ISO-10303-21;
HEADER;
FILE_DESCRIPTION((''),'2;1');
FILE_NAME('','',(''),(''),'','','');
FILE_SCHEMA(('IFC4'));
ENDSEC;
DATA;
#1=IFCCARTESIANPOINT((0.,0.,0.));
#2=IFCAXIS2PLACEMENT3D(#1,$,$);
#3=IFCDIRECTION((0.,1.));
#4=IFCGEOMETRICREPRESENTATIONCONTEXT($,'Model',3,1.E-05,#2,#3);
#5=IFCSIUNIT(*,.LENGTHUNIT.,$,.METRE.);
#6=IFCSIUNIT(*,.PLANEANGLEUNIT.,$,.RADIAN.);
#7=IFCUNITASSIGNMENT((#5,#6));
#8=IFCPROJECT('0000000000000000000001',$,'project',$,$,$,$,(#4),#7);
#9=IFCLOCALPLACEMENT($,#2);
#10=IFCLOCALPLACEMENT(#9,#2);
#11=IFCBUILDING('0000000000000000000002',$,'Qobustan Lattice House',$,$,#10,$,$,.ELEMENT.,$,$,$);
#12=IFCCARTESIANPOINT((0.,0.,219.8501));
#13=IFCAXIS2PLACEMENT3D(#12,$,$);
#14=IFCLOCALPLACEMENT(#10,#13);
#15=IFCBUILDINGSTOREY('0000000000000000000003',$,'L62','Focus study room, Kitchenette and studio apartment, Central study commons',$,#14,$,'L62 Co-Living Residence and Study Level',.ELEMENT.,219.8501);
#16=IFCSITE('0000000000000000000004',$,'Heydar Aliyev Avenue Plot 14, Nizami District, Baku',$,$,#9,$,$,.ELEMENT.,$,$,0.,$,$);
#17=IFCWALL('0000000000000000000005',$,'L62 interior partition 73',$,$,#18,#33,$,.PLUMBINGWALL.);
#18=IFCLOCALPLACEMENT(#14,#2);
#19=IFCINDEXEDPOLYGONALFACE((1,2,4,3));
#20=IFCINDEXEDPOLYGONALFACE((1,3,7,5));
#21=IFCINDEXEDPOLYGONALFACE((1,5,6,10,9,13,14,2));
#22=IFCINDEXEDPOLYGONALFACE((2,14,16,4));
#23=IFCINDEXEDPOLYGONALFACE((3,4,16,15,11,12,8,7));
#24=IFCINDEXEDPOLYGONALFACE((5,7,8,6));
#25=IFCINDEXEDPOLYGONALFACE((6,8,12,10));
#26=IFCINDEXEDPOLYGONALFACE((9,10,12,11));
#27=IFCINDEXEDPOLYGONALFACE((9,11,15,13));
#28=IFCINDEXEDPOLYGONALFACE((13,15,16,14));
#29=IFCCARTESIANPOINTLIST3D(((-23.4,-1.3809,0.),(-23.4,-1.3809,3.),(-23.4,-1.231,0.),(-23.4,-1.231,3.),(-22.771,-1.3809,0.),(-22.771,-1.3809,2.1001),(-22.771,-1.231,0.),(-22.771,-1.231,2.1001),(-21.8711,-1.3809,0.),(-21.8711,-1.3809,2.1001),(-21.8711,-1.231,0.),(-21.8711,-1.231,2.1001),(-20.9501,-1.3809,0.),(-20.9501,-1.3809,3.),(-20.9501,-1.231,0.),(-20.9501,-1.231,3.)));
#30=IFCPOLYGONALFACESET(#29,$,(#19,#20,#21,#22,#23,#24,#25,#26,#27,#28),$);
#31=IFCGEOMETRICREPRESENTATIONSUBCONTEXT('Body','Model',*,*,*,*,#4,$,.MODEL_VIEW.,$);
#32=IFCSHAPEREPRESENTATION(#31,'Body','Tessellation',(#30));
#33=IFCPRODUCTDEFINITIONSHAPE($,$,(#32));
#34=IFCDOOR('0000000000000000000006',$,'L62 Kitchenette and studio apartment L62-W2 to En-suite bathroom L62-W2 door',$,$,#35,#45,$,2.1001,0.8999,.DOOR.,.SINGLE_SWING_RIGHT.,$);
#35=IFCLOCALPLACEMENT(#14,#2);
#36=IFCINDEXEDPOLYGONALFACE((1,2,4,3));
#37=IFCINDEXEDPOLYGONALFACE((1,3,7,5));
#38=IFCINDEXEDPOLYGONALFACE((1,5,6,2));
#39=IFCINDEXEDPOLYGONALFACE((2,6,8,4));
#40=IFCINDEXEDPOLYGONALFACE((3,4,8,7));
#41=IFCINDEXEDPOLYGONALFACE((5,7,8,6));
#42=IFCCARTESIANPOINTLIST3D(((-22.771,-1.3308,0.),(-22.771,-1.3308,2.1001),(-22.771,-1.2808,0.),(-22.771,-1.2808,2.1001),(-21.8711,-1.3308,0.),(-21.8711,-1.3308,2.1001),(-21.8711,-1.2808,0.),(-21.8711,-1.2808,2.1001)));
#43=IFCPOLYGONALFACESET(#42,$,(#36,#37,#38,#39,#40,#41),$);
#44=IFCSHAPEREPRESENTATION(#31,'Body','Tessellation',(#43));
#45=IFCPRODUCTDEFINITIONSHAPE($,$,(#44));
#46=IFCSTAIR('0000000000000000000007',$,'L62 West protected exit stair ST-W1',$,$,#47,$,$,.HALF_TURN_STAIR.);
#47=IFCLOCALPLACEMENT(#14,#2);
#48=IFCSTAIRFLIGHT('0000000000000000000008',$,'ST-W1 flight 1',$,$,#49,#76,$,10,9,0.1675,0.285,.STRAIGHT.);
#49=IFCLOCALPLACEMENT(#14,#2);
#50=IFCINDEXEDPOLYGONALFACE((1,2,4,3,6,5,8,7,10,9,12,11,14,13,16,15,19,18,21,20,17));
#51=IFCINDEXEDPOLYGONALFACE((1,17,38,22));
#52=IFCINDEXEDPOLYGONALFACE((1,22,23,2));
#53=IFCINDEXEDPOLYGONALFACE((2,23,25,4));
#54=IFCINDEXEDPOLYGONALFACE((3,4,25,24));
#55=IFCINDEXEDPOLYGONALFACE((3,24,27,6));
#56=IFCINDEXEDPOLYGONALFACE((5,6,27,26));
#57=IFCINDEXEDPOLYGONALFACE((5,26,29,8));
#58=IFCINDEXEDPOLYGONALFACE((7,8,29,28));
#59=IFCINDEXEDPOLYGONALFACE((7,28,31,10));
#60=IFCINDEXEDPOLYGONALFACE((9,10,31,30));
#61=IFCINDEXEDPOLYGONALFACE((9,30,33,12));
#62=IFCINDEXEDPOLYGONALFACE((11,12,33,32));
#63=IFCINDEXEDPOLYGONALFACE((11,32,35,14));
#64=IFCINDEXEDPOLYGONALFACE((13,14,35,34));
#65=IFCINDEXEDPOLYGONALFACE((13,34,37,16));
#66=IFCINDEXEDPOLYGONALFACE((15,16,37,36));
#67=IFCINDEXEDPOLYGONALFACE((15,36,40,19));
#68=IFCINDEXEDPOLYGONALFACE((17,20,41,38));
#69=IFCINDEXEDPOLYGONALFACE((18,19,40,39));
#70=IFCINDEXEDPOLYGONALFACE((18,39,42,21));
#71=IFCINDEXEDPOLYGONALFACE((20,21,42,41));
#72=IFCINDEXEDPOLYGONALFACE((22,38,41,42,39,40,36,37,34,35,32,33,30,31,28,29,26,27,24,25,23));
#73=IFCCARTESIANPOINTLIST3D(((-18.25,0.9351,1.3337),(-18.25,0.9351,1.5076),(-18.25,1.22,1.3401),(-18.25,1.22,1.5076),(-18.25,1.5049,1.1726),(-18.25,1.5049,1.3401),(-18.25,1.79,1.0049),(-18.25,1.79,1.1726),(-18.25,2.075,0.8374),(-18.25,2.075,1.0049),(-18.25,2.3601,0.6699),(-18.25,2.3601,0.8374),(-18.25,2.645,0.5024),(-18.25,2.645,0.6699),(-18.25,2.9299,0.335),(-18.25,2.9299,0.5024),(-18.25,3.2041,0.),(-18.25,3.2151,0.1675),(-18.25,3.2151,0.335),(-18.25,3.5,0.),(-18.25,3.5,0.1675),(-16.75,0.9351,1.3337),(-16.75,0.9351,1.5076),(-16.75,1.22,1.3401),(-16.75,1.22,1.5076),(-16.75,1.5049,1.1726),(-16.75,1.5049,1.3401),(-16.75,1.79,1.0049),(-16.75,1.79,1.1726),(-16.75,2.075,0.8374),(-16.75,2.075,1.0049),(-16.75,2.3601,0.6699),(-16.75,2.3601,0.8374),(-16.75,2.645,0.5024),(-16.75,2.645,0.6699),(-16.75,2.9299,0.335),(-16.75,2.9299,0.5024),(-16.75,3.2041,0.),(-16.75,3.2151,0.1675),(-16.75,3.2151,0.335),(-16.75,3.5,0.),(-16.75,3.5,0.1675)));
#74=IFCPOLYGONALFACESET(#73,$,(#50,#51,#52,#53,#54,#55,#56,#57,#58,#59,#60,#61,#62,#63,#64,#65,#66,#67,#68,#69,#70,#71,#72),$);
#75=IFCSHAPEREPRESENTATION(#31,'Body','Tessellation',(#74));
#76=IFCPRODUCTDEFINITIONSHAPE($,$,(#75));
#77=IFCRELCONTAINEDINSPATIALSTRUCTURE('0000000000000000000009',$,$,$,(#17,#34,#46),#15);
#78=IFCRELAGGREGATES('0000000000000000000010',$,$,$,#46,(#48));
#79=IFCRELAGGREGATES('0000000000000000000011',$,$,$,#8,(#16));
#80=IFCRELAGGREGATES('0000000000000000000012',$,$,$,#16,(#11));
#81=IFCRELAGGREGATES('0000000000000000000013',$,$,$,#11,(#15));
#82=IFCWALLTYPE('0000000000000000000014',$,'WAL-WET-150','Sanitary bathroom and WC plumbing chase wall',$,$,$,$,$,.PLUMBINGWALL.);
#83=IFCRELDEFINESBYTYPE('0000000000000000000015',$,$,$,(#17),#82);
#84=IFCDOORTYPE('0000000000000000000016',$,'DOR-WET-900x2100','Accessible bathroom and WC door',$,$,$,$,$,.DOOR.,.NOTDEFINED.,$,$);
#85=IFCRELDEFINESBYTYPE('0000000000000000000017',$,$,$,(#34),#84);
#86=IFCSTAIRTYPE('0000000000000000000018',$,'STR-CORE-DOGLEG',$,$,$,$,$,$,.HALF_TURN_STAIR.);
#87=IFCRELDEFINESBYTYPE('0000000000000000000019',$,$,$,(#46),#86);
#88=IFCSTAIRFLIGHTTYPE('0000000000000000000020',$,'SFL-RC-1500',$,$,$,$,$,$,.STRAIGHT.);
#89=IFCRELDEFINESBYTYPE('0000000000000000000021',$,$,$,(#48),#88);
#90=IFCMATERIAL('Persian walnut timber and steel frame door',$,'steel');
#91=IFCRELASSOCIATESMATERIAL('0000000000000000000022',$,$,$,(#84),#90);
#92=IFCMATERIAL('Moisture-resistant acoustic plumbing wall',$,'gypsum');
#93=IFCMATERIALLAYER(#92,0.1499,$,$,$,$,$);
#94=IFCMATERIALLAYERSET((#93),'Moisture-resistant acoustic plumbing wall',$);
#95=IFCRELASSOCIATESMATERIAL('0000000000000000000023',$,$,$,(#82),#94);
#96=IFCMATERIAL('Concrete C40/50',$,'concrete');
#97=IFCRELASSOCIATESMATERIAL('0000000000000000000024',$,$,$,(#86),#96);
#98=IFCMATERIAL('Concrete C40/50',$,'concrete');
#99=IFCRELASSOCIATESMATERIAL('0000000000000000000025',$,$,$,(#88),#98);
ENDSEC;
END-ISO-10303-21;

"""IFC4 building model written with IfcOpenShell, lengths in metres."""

from ifc_helpers import new_model, si_unit, direction, frame, frame_2d, origin, place, context, subcontext, project, spatial, polyline, rectangle, outline, extrude, material, layer, layer_set, type_object, element, fill, aggregate, save


model = new_model("IFC4")

# Units and contexts
model_context = context("Model", 3, precision=1e-05, world=origin(), true_north=direction((0.0, 1.0)))
body_context = subcontext(model_context, "Body", "Model", "MODEL_VIEW")
ifc_project = project(units=[si_unit("LENGTHUNIT", "METRE"), si_unit("PLANEANGLEUNIT", "RADIAN")], contexts=[model_context])

# Site, building, storey
site_placement = place(None, origin())
site = spatial("IfcSite", under=ifc_project, at=site_placement, Name="Heydar Aliyev Avenue Plot 14, Nizami District, Baku", CompositionType="ELEMENT", RefElevation=0.0)
building_placement = place(site_placement, origin())
building = spatial("IfcBuilding", under=site, at=building_placement, Name="Qobustan Lattice House", CompositionType="ELEMENT")
storey_placement = place(building_placement, frame((0.0, 0.0, 219.8501)))
storey = spatial("IfcBuildingStorey", under=building, at=storey_placement, Name="L62", Description="Focus study room, Kitchenette and studio apartment, Central study commons", LongName="L62 Co-Living Residence and Study Level", CompositionType="ELEMENT", Elevation=219.8501)

# Shared definitions
ifc_material_1 = material(Name="Persian walnut timber and steel frame door", Category="steel")
door_type_1 = type_object("IfcDoorType", Name="DOR-WET-900x2100", Description="Accessible bathroom and WC door", OperationType="NOTDEFINED", PredefinedType="DOOR", material=ifc_material_1)

# Wall, opening, door
ifc_material_2 = material(Name="Moisture-resistant acoustic plumbing wall", Category="gypsum")
ifc_layer_1 = layer(ifc_material_2, 0.1499)
ifc_layer_set_1 = layer_set([ifc_layer_1], Name="Moisture-resistant acoustic plumbing wall")
wall_type_1 = type_object("IfcWallType", Name="WAL-WET-150", Description="Sanitary bathroom and WC plumbing chase wall", PredefinedType="PLUMBINGWALL", material=ifc_layer_set_1)
wall_1_placement = place(storey_placement, frame((-20.95, -1.3059, 0.0), z_axis=(0.0, 0.0, 1.0), x_axis=(-1.0, 0.0, 0.0)))
wall_1 = element("IfcWall", 1, at=wall_1_placement, inside=storey, type_object=wall_type_1, Name="L62 interior partition 73", PredefinedType="PLUMBINGWALL", context=body_context, shape_type="SweptSolid", body=[
    extrude(rectangle(XDim=2.45, YDim=0.1499, at=frame_2d((1.2251, 0.0))), origin(), (0.0, 0.0, 1.0), 3.0),
])
opening_1_placement = place(wall_1_placement, frame((0.9211, 0.0, 0.0)))
opening_1 = element("IfcOpeningElement", 2, at=opening_1_placement, cuts=wall_1, PredefinedType="OPENING", context=body_context, shape_type="SweptSolid", body=[
    extrude(rectangle(XDim=0.8999, YDim=2.1001, at=frame_2d((0.45, 1.05))), frame((0.0, 0.085, 0.0), z_axis=(0.0, -1.0, 0.0), x_axis=(1.0, 0.0, 0.0)), (0.0, 0.0, 1.0), 0.1699),
])
door_1_placement = place(opening_1_placement, origin())
door_1 = element("IfcDoor", 3, at=door_1_placement, inside=storey, type_object=door_type_1, Name="L62 Kitchenette and studio apartment L62-W2 to En-suite bathroom L62-W2 door", OperationType="SINGLE_SWING_RIGHT", OverallHeight=2.1001, OverallWidth=0.8999, PredefinedType="DOOR", context=body_context, shape_type="SweptSolid", body=[
    extrude(rectangle(XDim=0.8999, YDim=2.1001, at=frame_2d((0.45, 1.05))), frame((0.0, 0.0249, 0.0), z_axis=(0.0, -1.0, 0.0), x_axis=(1.0, 0.0, 0.0)), (0.0, 0.0, 1.0), 0.05),
])
fill(opening_1, door_1)

# Stair, stair flight
ifc_material_3 = material(Name="Concrete C40/50", Category="concrete")
stair_type = type_object("IfcStairType", Name="STR-CORE-DOGLEG", PredefinedType="HALF_TURN_STAIR", material=ifc_material_3)
stair_placement = place(storey_placement, origin())
stair = element("IfcStair", 4, at=stair_placement, inside=storey, type_object=stair_type, Name="L62 West protected exit stair ST-W1", PredefinedType="HALF_TURN_STAIR")
ifc_material_4 = material(Name="Concrete C40/50", Category="concrete")
stair_flight_type = type_object("IfcStairFlightType", Name="SFL-RC-1500", PredefinedType="STRAIGHT", material=ifc_material_4)
stair_flight_placement = place(storey_placement, frame((-17.5, 3.5, 0.0), z_axis=(0.0, 0.0, 1.0), x_axis=(0.0, -1.0, 0.0)))
stair_flight = element("IfcStairFlight", 5, at=stair_flight_placement, type_object=stair_flight_type, Name="ST-W1 flight 1", NumberOfRisers=10, NumberOfTreads=9, PredefinedType="STRAIGHT", RiserHeight=0.1675, TreadLength=0.285, context=body_context, shape_type="SweptSolid", body=[
    extrude(outline(polyline([(0.0, 0.0), (0.0, 0.1675), (0.2849, 0.1675), (0.2849, 0.335), (0.5701, 0.335), (0.5701, 0.5024), (0.855, 0.5024), (0.855, 0.6699), (1.1399, 0.6699), (1.1399, 0.8374), (1.425, 0.8374), (1.425, 1.0049), (1.71, 1.0049), (1.71, 1.1726), (1.9951, 1.1726), (1.9951, 1.3401), (2.28, 1.3401), (2.28, 1.5076), (2.5649, 1.5076), (2.5649, 1.675), (2.5649, 1.3337), (0.2959, 0.0), (0.0, 0.0)])), frame((0.0, 0.75, 0.0), z_axis=(0.0, -1.0, 0.0), x_axis=(1.0, 0.0, 0.0)), (0.0, 0.0, 1.0), 1.5),
])
aggregate(stair, [stair_flight])

save(model, "model.ifc")
